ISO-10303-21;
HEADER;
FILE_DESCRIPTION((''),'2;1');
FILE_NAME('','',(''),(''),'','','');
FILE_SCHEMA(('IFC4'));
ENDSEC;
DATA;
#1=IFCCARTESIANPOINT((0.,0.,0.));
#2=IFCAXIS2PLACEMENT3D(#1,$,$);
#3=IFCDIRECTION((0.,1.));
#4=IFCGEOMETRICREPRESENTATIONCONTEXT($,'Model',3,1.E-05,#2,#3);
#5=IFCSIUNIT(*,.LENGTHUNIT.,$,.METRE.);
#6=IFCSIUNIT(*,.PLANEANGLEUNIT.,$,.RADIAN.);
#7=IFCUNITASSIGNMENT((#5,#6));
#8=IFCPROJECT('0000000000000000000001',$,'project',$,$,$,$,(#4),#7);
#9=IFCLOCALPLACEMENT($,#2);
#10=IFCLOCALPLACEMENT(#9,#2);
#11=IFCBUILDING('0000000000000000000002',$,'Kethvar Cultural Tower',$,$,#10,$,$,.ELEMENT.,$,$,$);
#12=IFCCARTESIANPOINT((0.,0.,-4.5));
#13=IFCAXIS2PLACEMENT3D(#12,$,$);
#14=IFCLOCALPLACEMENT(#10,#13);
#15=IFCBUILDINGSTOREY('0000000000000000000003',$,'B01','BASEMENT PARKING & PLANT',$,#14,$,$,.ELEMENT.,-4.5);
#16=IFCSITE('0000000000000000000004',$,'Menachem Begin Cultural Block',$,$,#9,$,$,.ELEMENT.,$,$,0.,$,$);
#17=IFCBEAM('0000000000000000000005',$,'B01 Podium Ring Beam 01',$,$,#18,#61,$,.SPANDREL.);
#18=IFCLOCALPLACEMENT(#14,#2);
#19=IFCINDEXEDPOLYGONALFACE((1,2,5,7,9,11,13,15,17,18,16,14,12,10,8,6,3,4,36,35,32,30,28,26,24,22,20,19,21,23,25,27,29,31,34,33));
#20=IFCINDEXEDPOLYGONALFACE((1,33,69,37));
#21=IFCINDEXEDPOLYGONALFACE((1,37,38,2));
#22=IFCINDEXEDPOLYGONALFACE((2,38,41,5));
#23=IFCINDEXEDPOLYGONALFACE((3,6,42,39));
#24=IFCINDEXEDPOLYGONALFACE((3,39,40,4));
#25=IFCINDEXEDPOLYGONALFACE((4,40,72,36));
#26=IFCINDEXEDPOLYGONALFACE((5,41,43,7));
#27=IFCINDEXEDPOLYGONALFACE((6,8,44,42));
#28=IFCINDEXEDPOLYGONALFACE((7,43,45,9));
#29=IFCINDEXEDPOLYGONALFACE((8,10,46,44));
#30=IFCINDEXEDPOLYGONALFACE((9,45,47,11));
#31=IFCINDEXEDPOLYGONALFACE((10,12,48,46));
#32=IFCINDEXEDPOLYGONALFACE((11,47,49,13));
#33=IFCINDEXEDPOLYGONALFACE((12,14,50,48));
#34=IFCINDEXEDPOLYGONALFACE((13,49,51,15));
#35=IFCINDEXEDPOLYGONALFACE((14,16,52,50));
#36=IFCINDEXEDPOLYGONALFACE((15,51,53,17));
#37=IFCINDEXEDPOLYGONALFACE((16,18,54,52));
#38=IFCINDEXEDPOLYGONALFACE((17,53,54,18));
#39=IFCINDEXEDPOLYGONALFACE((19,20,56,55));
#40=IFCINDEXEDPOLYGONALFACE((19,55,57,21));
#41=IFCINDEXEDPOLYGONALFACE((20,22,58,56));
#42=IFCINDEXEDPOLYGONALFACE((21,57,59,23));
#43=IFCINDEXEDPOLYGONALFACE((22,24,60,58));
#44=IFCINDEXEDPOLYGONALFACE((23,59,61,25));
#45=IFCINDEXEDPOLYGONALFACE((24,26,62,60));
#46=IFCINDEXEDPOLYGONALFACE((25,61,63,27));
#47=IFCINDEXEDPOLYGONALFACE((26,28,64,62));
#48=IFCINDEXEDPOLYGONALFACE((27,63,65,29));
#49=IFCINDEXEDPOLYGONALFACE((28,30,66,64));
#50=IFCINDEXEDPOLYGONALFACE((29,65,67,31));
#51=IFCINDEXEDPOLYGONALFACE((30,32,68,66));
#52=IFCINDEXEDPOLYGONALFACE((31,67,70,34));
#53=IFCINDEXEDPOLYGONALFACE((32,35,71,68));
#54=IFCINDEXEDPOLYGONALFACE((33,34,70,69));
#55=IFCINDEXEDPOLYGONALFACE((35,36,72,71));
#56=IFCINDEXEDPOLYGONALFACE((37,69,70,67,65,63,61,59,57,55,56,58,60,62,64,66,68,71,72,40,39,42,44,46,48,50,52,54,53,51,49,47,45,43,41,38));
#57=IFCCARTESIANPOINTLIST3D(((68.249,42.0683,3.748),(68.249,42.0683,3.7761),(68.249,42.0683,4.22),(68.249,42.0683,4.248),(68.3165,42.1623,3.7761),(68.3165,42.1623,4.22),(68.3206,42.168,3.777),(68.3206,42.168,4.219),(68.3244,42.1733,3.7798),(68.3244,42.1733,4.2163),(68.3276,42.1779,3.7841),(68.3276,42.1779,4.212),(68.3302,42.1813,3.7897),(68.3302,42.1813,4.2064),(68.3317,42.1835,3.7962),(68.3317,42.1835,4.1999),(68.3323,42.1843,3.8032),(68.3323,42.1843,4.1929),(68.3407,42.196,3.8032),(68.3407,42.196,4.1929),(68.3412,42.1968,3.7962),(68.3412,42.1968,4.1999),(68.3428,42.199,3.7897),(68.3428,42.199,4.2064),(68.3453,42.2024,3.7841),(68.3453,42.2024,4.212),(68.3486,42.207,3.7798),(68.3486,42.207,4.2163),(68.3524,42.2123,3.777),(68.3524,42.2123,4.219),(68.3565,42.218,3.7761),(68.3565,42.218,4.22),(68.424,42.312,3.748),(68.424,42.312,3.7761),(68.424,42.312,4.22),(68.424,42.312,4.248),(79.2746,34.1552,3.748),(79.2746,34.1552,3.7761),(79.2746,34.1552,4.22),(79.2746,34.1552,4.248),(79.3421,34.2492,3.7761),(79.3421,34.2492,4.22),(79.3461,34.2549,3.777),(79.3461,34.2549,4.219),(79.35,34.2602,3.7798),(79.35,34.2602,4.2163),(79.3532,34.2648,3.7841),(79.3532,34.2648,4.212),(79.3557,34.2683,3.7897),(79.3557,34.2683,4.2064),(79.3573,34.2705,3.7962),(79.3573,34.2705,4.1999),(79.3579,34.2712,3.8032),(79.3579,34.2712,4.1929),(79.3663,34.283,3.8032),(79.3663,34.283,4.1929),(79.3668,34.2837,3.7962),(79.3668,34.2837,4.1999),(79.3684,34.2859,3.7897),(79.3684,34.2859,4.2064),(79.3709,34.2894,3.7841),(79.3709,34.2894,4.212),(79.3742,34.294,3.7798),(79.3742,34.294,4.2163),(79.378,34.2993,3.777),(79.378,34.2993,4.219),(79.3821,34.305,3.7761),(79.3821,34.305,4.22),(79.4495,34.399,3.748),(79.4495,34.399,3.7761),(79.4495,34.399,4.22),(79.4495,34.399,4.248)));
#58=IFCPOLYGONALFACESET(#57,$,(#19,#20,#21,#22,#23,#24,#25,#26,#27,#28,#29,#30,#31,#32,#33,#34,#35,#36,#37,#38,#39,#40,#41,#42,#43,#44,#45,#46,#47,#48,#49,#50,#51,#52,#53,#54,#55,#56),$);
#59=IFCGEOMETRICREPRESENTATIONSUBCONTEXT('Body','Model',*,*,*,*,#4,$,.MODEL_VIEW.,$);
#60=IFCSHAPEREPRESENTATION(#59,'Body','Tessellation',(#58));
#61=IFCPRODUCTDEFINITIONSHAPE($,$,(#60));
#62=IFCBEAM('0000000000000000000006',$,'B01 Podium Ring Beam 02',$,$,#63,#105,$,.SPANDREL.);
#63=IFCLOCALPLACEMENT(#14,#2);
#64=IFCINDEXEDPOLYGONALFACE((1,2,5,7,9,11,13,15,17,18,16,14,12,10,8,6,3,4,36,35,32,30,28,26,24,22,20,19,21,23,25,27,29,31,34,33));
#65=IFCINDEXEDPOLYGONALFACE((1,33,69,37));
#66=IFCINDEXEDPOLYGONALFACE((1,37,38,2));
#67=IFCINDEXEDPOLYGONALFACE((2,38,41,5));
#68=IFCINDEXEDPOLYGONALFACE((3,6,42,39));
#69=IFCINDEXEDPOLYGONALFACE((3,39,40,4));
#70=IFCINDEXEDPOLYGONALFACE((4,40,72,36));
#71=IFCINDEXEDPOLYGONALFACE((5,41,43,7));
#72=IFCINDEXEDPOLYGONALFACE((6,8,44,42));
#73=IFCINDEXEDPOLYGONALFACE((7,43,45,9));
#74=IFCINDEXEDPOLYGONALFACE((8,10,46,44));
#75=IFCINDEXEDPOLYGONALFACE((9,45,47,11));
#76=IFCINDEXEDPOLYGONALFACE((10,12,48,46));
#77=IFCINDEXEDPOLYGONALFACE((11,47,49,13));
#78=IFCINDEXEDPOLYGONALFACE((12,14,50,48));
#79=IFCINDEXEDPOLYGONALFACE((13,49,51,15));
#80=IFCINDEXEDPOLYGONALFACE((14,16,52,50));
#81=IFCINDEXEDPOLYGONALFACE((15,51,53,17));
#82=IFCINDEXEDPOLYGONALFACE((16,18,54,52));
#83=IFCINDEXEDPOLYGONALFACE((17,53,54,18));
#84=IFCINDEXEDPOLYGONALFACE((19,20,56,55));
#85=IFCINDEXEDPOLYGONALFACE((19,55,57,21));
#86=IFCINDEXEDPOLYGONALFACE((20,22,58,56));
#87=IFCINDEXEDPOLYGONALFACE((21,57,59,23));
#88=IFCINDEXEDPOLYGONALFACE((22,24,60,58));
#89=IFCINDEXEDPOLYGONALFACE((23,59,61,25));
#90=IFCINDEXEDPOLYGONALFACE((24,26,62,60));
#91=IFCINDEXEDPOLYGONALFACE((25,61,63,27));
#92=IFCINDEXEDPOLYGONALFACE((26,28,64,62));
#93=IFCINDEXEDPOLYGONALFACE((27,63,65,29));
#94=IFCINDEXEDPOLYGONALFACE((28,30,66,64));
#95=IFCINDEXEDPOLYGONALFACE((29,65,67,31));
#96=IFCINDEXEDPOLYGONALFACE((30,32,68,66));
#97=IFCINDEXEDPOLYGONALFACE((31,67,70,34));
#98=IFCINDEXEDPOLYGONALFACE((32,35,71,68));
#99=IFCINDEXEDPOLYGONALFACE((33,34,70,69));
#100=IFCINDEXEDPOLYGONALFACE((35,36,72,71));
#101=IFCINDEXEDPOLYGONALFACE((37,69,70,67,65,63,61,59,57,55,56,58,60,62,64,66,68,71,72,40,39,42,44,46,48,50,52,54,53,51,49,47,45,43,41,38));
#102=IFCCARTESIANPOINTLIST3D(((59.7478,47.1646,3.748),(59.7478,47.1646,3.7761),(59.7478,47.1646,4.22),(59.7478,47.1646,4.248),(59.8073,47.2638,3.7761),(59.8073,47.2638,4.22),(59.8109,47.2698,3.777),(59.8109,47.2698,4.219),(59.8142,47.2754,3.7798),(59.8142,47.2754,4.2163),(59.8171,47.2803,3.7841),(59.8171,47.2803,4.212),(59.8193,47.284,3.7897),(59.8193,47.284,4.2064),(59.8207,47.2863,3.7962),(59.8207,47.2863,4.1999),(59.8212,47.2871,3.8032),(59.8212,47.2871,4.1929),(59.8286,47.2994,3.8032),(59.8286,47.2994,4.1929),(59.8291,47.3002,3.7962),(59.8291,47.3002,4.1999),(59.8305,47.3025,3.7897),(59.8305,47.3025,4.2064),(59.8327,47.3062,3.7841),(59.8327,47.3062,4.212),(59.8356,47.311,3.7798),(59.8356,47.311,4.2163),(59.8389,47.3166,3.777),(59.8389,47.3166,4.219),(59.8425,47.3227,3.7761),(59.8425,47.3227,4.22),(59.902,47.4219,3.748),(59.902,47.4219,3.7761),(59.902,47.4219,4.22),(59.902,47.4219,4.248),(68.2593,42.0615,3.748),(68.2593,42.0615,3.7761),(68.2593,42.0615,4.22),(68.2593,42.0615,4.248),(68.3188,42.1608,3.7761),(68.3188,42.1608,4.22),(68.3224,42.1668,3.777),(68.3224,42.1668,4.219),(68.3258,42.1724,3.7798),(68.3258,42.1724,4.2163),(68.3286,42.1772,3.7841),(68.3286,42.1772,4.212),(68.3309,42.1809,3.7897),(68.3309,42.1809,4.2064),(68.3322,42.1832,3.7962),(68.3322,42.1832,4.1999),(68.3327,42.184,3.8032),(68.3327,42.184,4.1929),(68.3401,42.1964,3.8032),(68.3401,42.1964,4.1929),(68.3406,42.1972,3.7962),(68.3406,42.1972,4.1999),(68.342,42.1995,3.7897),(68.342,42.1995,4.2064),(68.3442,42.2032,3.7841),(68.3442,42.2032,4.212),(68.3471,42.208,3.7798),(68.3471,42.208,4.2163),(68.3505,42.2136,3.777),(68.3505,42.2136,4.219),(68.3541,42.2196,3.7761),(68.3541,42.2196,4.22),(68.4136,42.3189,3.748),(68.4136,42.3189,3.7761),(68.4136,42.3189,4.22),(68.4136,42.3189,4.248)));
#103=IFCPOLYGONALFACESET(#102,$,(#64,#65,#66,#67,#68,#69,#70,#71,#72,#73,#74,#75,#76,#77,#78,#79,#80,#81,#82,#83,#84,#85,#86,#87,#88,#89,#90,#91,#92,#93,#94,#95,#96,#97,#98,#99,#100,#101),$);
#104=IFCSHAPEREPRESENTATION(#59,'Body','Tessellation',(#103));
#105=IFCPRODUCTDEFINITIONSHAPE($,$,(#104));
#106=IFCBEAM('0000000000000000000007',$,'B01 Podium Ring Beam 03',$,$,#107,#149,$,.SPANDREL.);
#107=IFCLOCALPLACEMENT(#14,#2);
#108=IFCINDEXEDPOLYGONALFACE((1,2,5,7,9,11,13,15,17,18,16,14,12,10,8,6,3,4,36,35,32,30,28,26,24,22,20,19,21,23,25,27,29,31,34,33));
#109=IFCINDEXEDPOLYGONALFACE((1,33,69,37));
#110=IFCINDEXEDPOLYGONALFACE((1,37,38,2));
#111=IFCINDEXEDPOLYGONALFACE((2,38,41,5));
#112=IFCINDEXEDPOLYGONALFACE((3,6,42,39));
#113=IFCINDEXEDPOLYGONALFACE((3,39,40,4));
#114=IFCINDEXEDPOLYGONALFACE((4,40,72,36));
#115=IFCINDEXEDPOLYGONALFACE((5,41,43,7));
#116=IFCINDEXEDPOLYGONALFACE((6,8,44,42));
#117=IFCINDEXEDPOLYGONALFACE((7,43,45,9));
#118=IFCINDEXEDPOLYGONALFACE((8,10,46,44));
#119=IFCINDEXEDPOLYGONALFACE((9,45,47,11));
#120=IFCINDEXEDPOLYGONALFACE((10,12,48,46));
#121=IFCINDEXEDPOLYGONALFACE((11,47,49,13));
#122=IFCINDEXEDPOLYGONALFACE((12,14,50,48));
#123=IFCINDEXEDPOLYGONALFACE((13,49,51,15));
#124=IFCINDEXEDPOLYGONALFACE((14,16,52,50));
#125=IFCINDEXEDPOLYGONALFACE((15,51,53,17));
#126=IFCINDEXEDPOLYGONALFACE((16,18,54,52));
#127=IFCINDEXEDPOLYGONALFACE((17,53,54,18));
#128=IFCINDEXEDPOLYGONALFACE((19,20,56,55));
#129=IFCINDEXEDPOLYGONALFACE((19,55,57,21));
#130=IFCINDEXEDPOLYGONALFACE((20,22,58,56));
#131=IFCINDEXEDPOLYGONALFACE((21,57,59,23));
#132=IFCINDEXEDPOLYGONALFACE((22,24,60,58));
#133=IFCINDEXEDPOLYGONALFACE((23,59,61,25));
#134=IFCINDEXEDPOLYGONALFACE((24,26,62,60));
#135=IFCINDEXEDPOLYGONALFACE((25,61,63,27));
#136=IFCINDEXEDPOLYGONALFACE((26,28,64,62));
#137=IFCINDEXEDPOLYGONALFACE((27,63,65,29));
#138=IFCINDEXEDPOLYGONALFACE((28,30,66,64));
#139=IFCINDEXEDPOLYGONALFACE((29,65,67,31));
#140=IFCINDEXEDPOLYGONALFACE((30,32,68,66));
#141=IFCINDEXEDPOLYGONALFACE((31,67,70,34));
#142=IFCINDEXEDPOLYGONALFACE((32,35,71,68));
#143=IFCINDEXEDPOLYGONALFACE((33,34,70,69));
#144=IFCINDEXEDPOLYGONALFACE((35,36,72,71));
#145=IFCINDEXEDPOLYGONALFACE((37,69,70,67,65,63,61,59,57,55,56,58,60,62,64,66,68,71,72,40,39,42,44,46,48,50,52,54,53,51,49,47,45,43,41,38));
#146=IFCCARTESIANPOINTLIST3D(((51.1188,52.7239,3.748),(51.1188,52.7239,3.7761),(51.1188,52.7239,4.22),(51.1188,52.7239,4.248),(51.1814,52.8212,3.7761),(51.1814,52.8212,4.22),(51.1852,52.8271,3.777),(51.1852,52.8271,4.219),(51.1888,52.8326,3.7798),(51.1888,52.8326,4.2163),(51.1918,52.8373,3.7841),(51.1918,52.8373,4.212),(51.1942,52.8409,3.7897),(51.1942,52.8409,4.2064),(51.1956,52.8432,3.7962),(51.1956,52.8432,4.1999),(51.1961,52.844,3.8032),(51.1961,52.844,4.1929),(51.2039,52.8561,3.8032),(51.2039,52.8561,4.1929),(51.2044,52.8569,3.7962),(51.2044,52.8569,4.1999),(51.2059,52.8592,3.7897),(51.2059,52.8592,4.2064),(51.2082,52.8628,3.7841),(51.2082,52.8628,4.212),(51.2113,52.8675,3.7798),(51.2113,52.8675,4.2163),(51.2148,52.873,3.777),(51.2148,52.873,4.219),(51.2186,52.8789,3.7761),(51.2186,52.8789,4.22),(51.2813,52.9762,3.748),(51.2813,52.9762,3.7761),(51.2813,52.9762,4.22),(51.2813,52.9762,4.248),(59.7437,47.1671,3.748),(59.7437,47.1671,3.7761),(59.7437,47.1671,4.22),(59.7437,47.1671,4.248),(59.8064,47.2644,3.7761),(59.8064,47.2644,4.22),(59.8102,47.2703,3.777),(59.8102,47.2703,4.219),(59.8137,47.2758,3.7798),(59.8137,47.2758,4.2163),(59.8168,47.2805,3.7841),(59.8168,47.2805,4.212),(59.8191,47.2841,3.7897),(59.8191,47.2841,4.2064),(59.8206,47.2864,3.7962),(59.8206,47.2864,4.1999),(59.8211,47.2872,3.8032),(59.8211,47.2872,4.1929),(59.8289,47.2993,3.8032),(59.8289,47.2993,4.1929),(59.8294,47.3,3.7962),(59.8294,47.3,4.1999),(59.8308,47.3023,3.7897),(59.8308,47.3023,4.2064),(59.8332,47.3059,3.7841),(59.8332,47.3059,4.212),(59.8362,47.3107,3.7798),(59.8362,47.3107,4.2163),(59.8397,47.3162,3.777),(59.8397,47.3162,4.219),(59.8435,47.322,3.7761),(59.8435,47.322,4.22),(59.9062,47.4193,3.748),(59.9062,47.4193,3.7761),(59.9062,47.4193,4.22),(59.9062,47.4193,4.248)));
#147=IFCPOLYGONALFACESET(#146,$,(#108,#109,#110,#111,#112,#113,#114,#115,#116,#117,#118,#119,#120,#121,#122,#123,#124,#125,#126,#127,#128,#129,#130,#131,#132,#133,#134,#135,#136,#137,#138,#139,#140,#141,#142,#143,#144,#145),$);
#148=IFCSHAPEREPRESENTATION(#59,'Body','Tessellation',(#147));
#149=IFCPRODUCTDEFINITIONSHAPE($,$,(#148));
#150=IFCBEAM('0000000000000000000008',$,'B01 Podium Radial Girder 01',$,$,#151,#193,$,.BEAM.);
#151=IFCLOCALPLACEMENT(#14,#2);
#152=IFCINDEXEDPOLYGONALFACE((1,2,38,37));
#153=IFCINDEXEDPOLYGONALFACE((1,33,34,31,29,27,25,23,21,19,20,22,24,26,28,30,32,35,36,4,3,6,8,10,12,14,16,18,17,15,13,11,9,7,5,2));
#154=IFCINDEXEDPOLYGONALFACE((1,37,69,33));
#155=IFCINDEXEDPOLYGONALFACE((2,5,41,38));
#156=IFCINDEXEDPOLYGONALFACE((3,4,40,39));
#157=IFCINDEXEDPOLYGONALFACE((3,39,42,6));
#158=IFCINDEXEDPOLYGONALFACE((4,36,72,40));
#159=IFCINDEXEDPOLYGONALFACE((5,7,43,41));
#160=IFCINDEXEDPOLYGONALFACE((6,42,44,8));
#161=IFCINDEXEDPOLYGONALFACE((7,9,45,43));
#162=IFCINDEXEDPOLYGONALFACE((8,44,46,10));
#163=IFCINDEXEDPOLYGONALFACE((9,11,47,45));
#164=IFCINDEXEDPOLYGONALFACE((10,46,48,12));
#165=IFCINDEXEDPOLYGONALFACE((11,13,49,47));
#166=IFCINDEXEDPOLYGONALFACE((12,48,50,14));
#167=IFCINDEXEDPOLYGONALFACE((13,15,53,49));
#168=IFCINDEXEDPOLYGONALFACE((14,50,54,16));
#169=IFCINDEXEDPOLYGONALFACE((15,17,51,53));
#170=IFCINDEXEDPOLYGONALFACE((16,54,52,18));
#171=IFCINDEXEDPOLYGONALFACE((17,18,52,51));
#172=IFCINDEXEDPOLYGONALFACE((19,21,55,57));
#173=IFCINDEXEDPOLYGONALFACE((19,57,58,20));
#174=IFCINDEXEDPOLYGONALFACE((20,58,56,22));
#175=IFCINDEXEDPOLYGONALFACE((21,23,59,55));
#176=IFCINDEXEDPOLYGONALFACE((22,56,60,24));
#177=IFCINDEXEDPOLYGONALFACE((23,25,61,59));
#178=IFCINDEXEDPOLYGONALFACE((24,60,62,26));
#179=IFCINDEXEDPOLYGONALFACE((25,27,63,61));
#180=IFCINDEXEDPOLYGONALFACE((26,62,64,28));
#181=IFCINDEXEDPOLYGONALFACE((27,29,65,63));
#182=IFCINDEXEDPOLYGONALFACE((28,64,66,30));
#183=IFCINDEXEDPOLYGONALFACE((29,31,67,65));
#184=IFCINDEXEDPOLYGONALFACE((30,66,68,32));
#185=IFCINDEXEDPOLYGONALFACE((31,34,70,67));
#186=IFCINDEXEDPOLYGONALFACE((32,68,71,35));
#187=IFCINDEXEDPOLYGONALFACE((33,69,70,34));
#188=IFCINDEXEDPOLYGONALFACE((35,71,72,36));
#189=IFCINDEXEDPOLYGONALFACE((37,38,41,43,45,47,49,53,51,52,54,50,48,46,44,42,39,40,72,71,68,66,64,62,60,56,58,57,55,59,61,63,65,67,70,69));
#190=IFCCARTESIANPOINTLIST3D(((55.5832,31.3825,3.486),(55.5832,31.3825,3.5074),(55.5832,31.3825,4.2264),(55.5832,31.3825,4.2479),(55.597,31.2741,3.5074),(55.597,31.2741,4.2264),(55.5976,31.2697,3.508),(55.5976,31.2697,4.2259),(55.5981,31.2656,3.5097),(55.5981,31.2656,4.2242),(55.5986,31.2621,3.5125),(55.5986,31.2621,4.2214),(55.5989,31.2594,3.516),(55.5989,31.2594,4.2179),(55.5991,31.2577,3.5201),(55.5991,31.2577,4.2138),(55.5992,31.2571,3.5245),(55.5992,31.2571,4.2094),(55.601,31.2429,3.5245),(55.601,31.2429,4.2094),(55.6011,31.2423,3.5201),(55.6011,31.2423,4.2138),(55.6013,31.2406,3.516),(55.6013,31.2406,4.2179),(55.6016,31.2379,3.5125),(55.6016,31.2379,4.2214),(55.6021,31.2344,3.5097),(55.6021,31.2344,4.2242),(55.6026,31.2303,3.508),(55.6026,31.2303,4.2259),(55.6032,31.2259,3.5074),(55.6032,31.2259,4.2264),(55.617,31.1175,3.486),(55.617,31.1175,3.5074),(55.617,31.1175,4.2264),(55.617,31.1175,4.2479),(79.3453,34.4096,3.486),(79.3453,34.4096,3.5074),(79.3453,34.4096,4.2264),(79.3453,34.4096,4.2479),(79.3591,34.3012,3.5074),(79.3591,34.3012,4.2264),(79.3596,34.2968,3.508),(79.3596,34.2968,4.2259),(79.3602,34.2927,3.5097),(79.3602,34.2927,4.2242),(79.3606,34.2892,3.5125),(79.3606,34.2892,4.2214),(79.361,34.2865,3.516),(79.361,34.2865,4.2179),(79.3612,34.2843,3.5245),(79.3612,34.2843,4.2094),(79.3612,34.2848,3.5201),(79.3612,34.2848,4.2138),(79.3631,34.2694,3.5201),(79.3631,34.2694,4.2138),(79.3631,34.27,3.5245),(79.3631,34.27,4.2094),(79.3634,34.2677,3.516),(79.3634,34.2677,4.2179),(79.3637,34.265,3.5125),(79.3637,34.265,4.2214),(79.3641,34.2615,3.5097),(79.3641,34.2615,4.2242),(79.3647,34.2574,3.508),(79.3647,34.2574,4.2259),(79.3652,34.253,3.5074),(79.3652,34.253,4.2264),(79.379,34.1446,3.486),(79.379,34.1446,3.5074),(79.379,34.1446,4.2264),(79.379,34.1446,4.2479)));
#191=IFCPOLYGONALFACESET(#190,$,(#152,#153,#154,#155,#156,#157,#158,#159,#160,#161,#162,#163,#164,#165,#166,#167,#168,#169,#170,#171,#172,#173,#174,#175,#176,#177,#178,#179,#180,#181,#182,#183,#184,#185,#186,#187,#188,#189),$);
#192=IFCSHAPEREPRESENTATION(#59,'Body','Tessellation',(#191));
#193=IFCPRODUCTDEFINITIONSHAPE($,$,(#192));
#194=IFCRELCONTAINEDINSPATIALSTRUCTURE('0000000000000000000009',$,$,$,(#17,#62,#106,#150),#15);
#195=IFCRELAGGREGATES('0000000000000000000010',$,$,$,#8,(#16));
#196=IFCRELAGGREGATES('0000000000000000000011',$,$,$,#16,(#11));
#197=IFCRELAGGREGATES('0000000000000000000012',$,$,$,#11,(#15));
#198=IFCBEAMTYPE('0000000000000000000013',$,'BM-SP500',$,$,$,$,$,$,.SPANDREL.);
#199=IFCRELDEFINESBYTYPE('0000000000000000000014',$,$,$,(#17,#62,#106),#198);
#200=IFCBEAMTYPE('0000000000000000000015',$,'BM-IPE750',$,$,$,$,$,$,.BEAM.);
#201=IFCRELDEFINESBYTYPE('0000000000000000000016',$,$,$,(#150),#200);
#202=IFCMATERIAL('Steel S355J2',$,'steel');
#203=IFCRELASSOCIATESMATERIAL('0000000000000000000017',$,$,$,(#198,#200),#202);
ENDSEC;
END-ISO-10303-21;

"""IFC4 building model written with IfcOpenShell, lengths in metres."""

from ifc_helpers import new_model, si_unit, direction, frame, origin, origin_2d, place, context, subcontext, project, spatial, i_section, extrude, source, transform, mapped, material, material_profile, profile_set, type_object, element, save


model = new_model("IFC4")

# Units and contexts
model_context = context("Model", 3, precision=1e-05, world=origin(), true_north=direction((0.0, 1.0)))
body_context = subcontext(model_context, "Body", "Model", "MODEL_VIEW")
ifc_project = project(units=[si_unit("LENGTHUNIT", "METRE"), si_unit("PLANEANGLEUNIT", "RADIAN")], contexts=[model_context])

# Site, building, storey
site_placement = place(None, origin())
site = spatial("IfcSite", under=ifc_project, at=site_placement, Name="Menachem Begin Cultural Block", CompositionType="ELEMENT", RefElevation=0.0)
building_placement = place(site_placement, origin())
building = spatial("IfcBuilding", under=site, at=building_placement, Name="Kethvar Cultural Tower", CompositionType="ELEMENT")
storey_placement = place(building_placement, frame((0.0, 0.0, -4.5)))
storey = spatial("IfcBuildingStorey", under=building, at=storey_placement, Name="B01", Description="BASEMENT PARKING & PLANT", CompositionType="ELEMENT", Elevation=-4.5)

# Beams
ifc_material_1 = material(Name="Steel S355J2", Category="steel")
ifc_material_profile_1 = material_profile(ifc_material_1, i_section(OverallWidth=0.3, OverallDepth=0.5, WebThickness=0.0144, FlangeThickness=0.0281, FilletRadius=0.0271, at=origin_2d()), Name="Steel S355J2 — HEB500")
ifc_profile_set_1 = profile_set([ifc_material_profile_1], Name="Steel S355J2 — HEB500")
beam_type_1 = type_object("IfcBeamType", Name="BM-SP500", PredefinedType="SPANDREL", material=ifc_profile_set_1)
shared_shape_1 = source(origin(), body_context, "Body", "SweptSolid", [
    extrude(i_section(OverallWidth=0.3, OverallDepth=0.5, WebThickness=0.0144, FlangeThickness=0.0281, FilletRadius=0.0271, at=origin_2d()), origin(), (0.0, 0.0, 1.0), 13.5713),
])
beam_1_placement = place(storey_placement, frame((79.3621, 34.2771, 3.998), z_axis=(-0.81242, 0.583073, 0.0), x_axis=(-0.583073, -0.81242, 0.0)))
element("IfcBeam", 1, at=beam_1_placement, inside=storey, type_object=beam_type_1, Name="B01 Podium Ring Beam 01", PredefinedType="SPANDREL", context=body_context, shape_type="MappedRepresentation", body=[
    mapped(shared_shape_1, transform((0.0, 0.0, 0.0), scale=1.0)),
])
shared_shape_2 = source(origin(), body_context, "Body", "SweptSolid", [
    extrude(i_section(OverallWidth=0.3, OverallDepth=0.5, WebThickness=0.0144, FlangeThickness=0.0281, FilletRadius=0.0271, at=origin_2d()), origin(), (0.0, 0.0, 1.0), 9.9241),
])
beam_2_placement = place(storey_placement, frame((68.3364, 42.1902, 3.998), z_axis=(-0.857664, 0.51421, 0.0), x_axis=(-0.51421, -0.857664, 0.0)))
element("IfcBeam", 2, at=beam_2_placement, inside=storey, type_object=beam_type_1, Name="B01 Podium Ring Beam 02", PredefinedType="SPANDREL", context=body_context, shape_type="MappedRepresentation", body=[
    mapped(shared_shape_2, transform((0.0, 0.0, 0.0), scale=1.0)),
])
shared_shape_3 = source(origin(), body_context, "Body", "SweptSolid", [
    extrude(i_section(OverallWidth=0.3, OverallDepth=0.5, WebThickness=0.0144, FlangeThickness=0.0281, FilletRadius=0.0271, at=origin_2d()), origin(), (0.0, 0.0, 1.0), 10.26),
])
beam_3_placement = place(storey_placement, frame((59.825, 47.2932, 3.998), z_axis=(-0.840635, 0.541602, 0.0), x_axis=(-0.541602, -0.840635, 0.0)))
element("IfcBeam", 3, at=beam_3_placement, inside=storey, type_object=beam_type_1, Name="B01 Podium Ring Beam 03", PredefinedType="SPANDREL", context=body_context, shape_type="MappedRepresentation", body=[
    mapped(shared_shape_3, transform((0.0, 0.0, 0.0), scale=1.0)),
])
ifc_material_profile_2 = material_profile(ifc_material_1, i_section(OverallWidth=0.2671, OverallDepth=0.762, WebThickness=0.0144, FlangeThickness=0.0215, FilletRadius=0.0171, at=origin_2d()), Name="Steel S355J2 — IPE750x173")
ifc_profile_set_2 = profile_set([ifc_material_profile_2], Name="Steel S355J2 — IPE750x173")
beam_type_2 = type_object("IfcBeamType", Name="BM-IPE750", PredefinedType="BEAM", material=ifc_profile_set_2)
shared_shape_4 = source(origin(), body_context, "Body", "SweptSolid", [
    extrude(i_section(OverallWidth=0.2671, OverallDepth=0.762, WebThickness=0.0144, FlangeThickness=0.0215, FilletRadius=0.0171, at=origin_2d()), origin(), (0.0, 0.0, 1.0), 23.9541),
])
beam_4_placement = place(storey_placement, frame((55.6001, 31.25, 3.8669), z_axis=(0.991983, 0.126371, 0.0), x_axis=(-0.126371, 0.991983, 0.0)))
element("IfcBeam", 4, at=beam_4_placement, inside=storey, type_object=beam_type_2, Name="B01 Podium Radial Girder 01", PredefinedType="BEAM", context=body_context, shape_type="MappedRepresentation", body=[
    mapped(shared_shape_4, transform((0.0, 0.0, 0.0), scale=1.0)),
])

save(model, "model.ifc")
